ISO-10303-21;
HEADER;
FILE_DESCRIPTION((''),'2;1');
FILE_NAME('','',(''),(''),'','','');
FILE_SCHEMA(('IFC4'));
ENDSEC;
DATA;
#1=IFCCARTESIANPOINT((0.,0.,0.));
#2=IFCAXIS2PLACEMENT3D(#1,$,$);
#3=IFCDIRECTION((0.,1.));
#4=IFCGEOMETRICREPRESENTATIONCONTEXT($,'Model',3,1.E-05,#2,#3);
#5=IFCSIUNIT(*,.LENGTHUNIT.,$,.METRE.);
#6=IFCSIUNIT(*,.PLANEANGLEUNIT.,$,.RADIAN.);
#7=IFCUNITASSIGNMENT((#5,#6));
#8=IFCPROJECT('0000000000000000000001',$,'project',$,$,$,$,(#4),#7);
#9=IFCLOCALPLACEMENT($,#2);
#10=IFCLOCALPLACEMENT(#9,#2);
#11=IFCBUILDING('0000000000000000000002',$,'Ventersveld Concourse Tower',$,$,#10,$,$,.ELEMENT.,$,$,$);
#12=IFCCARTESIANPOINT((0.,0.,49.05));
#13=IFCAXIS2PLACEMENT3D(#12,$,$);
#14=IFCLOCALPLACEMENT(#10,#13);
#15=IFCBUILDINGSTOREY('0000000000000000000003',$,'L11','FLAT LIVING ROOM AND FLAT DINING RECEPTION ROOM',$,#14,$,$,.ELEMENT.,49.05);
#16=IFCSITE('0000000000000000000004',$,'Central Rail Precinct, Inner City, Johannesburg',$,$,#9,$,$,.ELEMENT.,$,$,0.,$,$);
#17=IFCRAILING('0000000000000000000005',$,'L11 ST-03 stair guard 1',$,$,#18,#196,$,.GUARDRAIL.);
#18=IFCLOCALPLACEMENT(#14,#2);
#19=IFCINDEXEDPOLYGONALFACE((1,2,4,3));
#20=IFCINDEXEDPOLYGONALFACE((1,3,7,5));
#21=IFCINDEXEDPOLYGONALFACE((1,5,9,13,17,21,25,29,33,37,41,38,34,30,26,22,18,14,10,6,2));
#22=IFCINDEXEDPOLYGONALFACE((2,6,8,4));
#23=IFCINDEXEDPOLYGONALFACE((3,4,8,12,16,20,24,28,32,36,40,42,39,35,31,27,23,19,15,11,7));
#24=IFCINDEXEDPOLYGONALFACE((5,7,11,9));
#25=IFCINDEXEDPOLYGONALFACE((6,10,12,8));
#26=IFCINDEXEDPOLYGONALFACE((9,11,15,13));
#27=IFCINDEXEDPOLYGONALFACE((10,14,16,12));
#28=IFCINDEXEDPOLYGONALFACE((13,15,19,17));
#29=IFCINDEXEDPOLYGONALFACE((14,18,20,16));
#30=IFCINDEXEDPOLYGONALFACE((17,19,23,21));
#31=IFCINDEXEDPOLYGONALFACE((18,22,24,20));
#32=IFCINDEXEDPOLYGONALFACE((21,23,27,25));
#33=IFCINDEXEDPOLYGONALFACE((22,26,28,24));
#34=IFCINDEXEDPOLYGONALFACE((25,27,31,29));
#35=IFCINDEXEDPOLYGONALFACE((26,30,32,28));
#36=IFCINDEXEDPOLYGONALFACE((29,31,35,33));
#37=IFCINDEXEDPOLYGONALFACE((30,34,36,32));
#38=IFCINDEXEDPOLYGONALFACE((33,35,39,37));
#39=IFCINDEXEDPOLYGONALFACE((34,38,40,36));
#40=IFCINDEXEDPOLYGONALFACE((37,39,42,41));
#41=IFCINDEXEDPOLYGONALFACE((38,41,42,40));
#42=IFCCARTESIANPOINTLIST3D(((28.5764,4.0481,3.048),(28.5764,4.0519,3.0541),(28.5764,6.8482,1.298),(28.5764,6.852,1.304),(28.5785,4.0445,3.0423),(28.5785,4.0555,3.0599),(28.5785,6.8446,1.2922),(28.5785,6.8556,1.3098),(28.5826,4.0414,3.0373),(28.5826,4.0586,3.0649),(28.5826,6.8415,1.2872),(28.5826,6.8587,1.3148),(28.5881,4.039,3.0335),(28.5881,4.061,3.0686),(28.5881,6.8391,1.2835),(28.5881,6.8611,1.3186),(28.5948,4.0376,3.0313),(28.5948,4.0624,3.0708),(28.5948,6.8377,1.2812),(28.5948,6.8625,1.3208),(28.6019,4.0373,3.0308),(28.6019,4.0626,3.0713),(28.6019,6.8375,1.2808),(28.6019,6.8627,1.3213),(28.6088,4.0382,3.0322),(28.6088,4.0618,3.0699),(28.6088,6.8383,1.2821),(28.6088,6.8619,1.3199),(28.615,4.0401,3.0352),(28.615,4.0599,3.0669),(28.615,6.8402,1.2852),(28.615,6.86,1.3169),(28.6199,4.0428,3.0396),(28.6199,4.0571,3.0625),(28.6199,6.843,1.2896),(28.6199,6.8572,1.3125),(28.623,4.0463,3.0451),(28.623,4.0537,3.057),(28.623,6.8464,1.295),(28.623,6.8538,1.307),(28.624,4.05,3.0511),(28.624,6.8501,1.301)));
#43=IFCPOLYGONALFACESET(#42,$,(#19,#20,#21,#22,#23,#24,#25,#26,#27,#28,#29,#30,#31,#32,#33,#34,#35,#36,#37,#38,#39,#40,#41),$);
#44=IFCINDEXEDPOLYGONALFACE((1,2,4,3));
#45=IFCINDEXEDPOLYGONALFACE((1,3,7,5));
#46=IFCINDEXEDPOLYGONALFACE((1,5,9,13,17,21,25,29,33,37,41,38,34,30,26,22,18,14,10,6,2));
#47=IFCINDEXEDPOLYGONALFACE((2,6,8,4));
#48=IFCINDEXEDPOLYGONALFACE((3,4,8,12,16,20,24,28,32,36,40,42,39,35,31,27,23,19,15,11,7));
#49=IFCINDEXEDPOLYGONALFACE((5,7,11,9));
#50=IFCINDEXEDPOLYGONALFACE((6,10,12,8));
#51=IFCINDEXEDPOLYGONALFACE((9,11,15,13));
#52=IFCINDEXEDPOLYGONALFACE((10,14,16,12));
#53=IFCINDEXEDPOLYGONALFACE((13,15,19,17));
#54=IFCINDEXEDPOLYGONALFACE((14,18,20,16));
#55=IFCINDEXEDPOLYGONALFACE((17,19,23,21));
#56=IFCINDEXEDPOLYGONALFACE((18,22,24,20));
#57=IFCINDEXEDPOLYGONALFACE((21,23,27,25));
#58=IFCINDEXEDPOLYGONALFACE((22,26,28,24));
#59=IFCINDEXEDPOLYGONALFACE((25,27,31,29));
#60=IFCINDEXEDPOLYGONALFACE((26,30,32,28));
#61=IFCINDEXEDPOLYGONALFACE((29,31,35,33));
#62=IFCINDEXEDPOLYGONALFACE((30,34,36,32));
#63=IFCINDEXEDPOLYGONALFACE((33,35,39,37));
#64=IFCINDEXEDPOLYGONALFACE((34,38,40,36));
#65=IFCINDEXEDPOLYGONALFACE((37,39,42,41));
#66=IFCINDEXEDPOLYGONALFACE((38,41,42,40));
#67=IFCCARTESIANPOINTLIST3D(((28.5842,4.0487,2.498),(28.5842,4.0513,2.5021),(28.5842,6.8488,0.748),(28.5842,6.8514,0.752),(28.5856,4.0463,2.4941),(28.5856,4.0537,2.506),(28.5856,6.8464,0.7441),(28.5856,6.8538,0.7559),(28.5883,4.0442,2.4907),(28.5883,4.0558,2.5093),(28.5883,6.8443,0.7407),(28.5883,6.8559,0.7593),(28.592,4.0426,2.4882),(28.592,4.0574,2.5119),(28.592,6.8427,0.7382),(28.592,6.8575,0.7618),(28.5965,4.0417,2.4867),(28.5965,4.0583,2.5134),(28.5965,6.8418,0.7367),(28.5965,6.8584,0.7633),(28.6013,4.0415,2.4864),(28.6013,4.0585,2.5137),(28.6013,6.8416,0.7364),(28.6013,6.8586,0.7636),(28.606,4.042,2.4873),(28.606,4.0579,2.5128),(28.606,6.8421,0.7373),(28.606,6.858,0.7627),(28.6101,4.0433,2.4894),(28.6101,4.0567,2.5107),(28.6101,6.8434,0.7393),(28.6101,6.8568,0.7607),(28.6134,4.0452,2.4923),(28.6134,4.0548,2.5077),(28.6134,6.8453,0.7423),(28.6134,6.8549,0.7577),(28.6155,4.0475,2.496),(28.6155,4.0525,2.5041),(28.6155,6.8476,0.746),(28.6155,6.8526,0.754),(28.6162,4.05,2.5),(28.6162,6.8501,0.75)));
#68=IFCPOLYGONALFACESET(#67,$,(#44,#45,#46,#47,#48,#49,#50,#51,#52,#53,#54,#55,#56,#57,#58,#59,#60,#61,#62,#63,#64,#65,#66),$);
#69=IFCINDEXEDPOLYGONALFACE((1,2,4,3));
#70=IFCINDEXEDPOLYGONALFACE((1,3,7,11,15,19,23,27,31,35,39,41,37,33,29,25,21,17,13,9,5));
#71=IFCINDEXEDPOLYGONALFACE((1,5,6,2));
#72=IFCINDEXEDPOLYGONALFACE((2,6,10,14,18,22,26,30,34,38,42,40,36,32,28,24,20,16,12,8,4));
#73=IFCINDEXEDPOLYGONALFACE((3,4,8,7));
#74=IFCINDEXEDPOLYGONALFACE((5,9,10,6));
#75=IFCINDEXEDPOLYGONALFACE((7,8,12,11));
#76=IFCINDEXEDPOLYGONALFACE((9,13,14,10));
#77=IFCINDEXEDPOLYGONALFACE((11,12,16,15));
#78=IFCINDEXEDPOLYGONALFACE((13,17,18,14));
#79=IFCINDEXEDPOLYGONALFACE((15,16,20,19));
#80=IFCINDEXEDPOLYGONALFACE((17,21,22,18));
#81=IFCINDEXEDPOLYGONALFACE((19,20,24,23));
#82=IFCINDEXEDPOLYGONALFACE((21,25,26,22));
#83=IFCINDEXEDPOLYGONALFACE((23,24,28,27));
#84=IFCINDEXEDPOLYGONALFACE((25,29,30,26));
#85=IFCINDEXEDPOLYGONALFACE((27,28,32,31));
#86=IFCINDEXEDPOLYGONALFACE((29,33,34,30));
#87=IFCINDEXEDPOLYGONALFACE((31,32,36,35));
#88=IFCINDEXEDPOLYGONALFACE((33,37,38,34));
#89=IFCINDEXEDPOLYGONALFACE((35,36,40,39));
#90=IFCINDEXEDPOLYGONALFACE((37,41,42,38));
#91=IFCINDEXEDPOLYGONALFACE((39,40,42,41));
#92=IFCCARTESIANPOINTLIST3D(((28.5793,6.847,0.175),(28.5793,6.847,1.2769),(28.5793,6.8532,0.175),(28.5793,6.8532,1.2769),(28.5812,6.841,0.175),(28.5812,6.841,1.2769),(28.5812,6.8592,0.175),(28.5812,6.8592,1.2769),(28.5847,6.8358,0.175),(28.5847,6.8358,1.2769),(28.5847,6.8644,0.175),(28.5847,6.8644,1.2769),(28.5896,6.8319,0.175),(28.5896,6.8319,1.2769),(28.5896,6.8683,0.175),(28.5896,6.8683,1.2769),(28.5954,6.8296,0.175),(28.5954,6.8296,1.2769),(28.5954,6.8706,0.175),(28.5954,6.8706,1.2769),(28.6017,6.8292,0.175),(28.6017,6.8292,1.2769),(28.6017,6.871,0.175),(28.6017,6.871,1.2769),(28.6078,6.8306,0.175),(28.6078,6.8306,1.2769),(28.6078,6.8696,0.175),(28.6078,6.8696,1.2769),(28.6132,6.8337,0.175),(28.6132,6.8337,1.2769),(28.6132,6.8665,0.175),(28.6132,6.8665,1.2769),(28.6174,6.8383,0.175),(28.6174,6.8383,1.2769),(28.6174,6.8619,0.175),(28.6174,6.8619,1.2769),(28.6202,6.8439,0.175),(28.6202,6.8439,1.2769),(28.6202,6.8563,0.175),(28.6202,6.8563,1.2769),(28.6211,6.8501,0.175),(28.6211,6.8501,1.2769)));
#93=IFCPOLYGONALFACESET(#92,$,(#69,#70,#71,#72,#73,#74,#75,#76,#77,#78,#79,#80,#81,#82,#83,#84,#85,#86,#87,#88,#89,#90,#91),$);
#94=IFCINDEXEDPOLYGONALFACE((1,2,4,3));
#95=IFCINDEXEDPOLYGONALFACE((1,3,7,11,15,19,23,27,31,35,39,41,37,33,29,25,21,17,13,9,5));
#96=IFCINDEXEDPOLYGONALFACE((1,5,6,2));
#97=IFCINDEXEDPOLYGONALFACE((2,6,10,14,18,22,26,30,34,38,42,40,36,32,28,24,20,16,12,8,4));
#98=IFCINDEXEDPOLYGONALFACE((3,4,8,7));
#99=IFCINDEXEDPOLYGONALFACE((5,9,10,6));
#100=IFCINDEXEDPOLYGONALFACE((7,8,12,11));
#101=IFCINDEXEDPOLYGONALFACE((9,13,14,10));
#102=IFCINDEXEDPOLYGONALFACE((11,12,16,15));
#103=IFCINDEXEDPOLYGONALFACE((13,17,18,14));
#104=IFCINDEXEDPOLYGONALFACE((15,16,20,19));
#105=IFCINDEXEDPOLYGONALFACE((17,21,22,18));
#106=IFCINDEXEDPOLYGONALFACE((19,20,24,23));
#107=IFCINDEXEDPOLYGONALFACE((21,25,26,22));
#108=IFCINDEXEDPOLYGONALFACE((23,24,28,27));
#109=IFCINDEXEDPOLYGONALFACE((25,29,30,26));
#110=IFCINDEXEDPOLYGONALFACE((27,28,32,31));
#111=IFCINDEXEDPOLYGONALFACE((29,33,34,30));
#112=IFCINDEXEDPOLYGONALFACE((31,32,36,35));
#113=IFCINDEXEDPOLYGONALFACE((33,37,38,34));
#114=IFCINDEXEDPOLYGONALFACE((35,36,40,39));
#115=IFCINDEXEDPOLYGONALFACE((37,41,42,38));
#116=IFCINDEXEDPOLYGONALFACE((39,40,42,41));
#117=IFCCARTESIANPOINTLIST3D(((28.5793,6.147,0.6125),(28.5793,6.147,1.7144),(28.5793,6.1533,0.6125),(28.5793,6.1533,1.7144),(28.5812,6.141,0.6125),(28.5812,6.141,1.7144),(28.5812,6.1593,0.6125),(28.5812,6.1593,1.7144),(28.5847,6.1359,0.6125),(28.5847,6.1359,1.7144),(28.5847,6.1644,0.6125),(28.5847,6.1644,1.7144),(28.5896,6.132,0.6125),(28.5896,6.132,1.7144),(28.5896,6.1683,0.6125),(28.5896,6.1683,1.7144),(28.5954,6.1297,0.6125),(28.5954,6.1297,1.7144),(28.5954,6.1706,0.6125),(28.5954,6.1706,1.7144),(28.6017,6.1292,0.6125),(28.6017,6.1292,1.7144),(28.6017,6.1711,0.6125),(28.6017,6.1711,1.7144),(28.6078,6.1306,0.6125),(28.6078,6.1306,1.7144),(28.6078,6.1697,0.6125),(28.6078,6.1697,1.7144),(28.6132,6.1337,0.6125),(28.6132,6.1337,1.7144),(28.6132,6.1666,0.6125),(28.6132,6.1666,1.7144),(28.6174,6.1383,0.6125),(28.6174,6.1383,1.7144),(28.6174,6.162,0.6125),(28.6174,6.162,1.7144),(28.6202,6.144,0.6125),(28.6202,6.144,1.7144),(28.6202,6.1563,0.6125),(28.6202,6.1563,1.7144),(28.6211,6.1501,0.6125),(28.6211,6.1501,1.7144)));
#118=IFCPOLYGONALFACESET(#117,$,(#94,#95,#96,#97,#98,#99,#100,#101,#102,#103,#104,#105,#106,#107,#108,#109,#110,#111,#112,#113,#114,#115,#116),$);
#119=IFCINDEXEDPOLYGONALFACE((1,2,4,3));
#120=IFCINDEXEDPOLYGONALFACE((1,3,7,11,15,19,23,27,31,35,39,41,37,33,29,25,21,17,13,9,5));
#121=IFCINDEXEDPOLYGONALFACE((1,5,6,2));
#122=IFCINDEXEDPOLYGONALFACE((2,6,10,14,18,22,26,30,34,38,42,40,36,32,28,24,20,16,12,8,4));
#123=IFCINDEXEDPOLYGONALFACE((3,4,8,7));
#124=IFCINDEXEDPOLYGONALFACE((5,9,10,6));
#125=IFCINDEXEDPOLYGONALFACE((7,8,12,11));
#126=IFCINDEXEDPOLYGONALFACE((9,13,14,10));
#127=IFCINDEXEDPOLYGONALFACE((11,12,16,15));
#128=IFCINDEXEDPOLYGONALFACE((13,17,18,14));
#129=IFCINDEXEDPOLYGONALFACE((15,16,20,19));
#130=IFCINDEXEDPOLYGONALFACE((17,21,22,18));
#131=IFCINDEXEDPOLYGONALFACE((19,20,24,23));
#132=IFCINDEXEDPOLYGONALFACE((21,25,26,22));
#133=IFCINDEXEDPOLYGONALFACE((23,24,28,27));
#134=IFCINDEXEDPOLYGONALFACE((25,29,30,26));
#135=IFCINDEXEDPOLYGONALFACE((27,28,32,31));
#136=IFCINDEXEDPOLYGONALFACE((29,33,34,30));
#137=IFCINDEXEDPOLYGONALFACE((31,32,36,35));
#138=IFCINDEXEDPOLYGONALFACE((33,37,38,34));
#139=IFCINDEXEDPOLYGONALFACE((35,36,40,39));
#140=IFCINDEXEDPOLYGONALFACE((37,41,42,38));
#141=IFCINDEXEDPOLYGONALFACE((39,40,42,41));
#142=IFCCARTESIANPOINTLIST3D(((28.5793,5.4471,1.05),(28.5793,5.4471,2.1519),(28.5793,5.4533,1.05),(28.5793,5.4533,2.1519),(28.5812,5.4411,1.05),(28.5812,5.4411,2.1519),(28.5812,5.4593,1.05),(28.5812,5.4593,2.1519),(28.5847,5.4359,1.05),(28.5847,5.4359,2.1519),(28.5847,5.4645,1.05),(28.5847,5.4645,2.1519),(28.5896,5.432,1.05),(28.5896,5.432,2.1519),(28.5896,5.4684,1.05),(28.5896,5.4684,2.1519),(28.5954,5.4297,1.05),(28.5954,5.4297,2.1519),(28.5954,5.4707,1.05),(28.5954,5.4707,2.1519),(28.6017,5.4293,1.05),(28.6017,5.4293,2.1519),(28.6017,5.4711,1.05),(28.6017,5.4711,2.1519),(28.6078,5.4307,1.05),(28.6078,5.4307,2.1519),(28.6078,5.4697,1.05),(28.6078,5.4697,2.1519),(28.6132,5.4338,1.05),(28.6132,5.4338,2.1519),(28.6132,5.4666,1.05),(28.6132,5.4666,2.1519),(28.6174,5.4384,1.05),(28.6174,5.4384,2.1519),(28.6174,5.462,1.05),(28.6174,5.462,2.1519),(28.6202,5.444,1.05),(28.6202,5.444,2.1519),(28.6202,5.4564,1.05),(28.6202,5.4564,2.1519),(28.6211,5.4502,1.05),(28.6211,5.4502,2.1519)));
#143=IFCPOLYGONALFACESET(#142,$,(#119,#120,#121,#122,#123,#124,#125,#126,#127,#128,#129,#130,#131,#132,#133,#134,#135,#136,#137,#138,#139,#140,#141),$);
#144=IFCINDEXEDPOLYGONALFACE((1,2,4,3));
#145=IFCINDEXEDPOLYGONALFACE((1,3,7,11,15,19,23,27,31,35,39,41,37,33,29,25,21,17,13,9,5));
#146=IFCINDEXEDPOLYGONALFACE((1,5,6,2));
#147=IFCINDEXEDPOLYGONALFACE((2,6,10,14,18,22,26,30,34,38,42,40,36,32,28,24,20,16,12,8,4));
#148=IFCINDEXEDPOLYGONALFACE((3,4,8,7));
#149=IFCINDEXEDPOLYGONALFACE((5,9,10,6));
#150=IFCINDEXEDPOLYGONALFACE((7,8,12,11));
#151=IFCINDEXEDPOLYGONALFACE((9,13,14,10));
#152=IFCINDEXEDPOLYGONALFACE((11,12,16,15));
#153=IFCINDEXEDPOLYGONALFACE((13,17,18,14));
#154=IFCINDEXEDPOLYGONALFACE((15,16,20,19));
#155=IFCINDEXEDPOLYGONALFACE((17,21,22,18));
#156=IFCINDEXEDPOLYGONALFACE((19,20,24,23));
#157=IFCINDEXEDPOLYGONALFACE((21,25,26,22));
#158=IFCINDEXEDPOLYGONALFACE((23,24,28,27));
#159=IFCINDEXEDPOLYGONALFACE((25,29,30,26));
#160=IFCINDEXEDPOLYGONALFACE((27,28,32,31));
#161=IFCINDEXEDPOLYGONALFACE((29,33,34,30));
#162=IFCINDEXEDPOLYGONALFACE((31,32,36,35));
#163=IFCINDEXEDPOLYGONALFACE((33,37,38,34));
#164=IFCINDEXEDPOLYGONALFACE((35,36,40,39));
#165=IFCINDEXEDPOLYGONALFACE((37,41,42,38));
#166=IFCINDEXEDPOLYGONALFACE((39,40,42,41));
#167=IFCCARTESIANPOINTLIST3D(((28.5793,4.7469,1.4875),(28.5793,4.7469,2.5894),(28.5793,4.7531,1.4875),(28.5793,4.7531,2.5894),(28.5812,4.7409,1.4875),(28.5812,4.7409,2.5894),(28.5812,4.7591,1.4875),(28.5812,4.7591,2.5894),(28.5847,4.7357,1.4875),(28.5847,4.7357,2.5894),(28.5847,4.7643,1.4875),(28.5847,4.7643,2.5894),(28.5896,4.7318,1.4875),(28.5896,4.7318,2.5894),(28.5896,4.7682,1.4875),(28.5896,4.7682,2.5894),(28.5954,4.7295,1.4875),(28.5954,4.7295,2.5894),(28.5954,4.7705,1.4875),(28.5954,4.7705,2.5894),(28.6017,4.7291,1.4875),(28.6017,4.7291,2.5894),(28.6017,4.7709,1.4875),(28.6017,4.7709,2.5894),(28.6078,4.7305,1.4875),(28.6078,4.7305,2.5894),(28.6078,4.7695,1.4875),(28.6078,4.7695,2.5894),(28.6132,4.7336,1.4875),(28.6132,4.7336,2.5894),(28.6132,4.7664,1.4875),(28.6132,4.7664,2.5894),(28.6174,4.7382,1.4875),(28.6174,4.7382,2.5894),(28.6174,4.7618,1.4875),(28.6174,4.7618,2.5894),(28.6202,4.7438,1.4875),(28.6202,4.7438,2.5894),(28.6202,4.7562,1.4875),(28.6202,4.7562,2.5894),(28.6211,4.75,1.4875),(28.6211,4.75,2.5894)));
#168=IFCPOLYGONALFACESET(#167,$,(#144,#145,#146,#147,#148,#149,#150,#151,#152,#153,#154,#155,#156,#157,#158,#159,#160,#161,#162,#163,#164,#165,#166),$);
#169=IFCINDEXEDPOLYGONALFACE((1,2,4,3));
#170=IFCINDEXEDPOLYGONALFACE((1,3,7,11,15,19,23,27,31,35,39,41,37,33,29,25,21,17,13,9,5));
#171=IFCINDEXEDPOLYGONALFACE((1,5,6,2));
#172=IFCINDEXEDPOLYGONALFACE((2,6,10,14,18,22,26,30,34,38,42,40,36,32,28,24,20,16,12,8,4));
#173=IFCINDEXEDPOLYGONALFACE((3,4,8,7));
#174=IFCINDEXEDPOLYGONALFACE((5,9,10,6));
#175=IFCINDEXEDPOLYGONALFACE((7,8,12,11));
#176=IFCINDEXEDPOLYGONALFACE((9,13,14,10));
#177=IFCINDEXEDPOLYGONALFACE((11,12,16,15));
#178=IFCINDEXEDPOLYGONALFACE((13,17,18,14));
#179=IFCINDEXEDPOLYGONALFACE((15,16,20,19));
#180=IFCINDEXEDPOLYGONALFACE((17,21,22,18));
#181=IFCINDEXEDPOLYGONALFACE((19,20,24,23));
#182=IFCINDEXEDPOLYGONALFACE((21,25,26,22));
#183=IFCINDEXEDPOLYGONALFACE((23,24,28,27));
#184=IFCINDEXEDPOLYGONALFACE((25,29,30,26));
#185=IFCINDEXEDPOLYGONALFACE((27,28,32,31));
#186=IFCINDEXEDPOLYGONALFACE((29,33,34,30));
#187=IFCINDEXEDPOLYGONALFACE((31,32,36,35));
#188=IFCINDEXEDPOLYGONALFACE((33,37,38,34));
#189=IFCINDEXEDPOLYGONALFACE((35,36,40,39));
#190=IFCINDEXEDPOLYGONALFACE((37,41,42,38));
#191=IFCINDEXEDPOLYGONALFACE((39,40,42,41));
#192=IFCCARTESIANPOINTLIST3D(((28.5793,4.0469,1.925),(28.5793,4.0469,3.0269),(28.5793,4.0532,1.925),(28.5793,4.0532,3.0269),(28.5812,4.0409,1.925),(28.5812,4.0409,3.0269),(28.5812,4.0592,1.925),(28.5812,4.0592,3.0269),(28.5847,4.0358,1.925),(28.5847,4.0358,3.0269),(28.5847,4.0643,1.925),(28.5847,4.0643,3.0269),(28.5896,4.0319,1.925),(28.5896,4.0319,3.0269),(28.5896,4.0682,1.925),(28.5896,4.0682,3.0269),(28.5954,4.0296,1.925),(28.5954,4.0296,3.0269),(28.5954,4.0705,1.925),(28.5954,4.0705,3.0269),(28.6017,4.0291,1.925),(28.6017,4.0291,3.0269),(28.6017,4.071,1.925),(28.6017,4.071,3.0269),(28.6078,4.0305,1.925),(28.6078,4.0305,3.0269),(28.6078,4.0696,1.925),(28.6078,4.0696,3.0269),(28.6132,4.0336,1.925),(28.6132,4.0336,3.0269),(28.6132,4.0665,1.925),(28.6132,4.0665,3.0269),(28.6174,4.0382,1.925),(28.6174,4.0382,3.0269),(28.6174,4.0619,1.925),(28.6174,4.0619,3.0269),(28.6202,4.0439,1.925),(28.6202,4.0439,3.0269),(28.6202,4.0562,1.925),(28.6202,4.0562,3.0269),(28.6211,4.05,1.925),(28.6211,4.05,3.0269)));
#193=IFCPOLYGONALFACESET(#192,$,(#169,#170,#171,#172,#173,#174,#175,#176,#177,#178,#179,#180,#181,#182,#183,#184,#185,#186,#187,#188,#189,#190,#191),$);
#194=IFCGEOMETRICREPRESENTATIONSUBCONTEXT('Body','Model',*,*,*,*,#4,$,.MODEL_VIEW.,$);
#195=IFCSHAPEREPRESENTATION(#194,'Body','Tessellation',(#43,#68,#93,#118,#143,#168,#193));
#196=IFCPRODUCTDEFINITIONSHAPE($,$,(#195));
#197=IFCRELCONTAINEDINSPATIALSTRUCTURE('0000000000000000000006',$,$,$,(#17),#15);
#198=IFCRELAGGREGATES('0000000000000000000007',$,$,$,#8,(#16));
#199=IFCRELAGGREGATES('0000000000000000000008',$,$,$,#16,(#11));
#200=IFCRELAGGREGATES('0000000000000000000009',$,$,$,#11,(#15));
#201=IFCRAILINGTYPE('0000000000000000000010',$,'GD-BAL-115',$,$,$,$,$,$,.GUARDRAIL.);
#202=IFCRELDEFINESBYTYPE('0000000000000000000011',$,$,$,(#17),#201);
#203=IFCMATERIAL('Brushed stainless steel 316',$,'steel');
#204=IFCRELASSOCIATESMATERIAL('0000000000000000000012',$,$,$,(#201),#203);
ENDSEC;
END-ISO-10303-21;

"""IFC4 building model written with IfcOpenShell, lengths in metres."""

from ifc_helpers import new_model, si_unit, direction, frame, origin, origin_2d, place, context, subcontext, project, spatial, circle, extrude, material, type_object, element, save


model = new_model("IFC4")

# Units and contexts
model_context = context("Model", 3, precision=1e-05, world=origin(), true_north=direction((0.0, 1.0)))
body_context = subcontext(model_context, "Body", "Model", "MODEL_VIEW")
ifc_project = project(units=[si_unit("LENGTHUNIT", "METRE"), si_unit("PLANEANGLEUNIT", "RADIAN")], contexts=[model_context])

# Site, building, storey
site_placement = place(None, origin())
site = spatial("IfcSite", under=ifc_project, at=site_placement, Name="Central Rail Precinct, Inner City, Johannesburg", CompositionType="ELEMENT", RefElevation=0.0)
building_placement = place(site_placement, origin())
building = spatial("IfcBuilding", under=site, at=building_placement, Name="Ventersveld Concourse Tower", CompositionType="ELEMENT")
storey_placement = place(building_placement, frame((0.0, 0.0, 49.05)))
storey = spatial("IfcBuildingStorey", under=building, at=storey_placement, Name="L11", Description="FLAT LIVING ROOM AND FLAT DINING RECEPTION ROOM", CompositionType="ELEMENT", Elevation=49.05)

# Shared definitions
ifc_material_1 = material(Name="Brushed stainless steel 316", Category="steel")

# Railing
railing_type_1 = type_object("IfcRailingType", Name="GD-BAL-115", PredefinedType="GUARDRAIL", material=ifc_material_1)
railing_1_placement = place(storey_placement, frame((28.6001, 6.8501, 0.175)))
element("IfcRailing", 1, at=railing_1_placement, inside=storey, type_object=railing_type_1, Name="L11 ST-03 stair guard 1", PredefinedType="GUARDRAIL", context=body_context, shape_type="SweptSolid", body=[
    extrude(circle(Radius=0.0239, at=origin_2d()), frame((0.0, 0.0, 1.126), z_axis=(0.0, -0.848002, 0.529992), x_axis=(1.0, 0.0, 0.0)), (0.0, 0.0, 1.0), 3.302),
    extrude(circle(Radius=0.0161, at=origin_2d()), frame((0.0, 0.0, 0.575), z_axis=(0.0, -0.848002, 0.529992), x_axis=(1.0, 0.0, 0.0)), (0.0, 0.0, 1.0), 3.302),
    extrude(circle(Radius=0.021, at=origin_2d()), origin(), (0.0, 0.0, 1.0), 1.1018),
    extrude(circle(Radius=0.021, at=origin_2d()), frame((0.0, -0.7, 0.4375)), (0.0, 0.0, 1.0), 1.1018),
    extrude(circle(Radius=0.021, at=origin_2d()), frame((0.0, -1.3999, 0.875)), (0.0, 0.0, 1.0), 1.1018),
    extrude(circle(Radius=0.021, at=origin_2d()), frame((0.0, -2.1001, 1.3125)), (0.0, 0.0, 1.0), 1.1018),
    extrude(circle(Radius=0.021, at=origin_2d()), frame((0.0, -2.8, 1.75)), (0.0, 0.0, 1.0), 1.1018),
])

save(model, "model.ifc")
